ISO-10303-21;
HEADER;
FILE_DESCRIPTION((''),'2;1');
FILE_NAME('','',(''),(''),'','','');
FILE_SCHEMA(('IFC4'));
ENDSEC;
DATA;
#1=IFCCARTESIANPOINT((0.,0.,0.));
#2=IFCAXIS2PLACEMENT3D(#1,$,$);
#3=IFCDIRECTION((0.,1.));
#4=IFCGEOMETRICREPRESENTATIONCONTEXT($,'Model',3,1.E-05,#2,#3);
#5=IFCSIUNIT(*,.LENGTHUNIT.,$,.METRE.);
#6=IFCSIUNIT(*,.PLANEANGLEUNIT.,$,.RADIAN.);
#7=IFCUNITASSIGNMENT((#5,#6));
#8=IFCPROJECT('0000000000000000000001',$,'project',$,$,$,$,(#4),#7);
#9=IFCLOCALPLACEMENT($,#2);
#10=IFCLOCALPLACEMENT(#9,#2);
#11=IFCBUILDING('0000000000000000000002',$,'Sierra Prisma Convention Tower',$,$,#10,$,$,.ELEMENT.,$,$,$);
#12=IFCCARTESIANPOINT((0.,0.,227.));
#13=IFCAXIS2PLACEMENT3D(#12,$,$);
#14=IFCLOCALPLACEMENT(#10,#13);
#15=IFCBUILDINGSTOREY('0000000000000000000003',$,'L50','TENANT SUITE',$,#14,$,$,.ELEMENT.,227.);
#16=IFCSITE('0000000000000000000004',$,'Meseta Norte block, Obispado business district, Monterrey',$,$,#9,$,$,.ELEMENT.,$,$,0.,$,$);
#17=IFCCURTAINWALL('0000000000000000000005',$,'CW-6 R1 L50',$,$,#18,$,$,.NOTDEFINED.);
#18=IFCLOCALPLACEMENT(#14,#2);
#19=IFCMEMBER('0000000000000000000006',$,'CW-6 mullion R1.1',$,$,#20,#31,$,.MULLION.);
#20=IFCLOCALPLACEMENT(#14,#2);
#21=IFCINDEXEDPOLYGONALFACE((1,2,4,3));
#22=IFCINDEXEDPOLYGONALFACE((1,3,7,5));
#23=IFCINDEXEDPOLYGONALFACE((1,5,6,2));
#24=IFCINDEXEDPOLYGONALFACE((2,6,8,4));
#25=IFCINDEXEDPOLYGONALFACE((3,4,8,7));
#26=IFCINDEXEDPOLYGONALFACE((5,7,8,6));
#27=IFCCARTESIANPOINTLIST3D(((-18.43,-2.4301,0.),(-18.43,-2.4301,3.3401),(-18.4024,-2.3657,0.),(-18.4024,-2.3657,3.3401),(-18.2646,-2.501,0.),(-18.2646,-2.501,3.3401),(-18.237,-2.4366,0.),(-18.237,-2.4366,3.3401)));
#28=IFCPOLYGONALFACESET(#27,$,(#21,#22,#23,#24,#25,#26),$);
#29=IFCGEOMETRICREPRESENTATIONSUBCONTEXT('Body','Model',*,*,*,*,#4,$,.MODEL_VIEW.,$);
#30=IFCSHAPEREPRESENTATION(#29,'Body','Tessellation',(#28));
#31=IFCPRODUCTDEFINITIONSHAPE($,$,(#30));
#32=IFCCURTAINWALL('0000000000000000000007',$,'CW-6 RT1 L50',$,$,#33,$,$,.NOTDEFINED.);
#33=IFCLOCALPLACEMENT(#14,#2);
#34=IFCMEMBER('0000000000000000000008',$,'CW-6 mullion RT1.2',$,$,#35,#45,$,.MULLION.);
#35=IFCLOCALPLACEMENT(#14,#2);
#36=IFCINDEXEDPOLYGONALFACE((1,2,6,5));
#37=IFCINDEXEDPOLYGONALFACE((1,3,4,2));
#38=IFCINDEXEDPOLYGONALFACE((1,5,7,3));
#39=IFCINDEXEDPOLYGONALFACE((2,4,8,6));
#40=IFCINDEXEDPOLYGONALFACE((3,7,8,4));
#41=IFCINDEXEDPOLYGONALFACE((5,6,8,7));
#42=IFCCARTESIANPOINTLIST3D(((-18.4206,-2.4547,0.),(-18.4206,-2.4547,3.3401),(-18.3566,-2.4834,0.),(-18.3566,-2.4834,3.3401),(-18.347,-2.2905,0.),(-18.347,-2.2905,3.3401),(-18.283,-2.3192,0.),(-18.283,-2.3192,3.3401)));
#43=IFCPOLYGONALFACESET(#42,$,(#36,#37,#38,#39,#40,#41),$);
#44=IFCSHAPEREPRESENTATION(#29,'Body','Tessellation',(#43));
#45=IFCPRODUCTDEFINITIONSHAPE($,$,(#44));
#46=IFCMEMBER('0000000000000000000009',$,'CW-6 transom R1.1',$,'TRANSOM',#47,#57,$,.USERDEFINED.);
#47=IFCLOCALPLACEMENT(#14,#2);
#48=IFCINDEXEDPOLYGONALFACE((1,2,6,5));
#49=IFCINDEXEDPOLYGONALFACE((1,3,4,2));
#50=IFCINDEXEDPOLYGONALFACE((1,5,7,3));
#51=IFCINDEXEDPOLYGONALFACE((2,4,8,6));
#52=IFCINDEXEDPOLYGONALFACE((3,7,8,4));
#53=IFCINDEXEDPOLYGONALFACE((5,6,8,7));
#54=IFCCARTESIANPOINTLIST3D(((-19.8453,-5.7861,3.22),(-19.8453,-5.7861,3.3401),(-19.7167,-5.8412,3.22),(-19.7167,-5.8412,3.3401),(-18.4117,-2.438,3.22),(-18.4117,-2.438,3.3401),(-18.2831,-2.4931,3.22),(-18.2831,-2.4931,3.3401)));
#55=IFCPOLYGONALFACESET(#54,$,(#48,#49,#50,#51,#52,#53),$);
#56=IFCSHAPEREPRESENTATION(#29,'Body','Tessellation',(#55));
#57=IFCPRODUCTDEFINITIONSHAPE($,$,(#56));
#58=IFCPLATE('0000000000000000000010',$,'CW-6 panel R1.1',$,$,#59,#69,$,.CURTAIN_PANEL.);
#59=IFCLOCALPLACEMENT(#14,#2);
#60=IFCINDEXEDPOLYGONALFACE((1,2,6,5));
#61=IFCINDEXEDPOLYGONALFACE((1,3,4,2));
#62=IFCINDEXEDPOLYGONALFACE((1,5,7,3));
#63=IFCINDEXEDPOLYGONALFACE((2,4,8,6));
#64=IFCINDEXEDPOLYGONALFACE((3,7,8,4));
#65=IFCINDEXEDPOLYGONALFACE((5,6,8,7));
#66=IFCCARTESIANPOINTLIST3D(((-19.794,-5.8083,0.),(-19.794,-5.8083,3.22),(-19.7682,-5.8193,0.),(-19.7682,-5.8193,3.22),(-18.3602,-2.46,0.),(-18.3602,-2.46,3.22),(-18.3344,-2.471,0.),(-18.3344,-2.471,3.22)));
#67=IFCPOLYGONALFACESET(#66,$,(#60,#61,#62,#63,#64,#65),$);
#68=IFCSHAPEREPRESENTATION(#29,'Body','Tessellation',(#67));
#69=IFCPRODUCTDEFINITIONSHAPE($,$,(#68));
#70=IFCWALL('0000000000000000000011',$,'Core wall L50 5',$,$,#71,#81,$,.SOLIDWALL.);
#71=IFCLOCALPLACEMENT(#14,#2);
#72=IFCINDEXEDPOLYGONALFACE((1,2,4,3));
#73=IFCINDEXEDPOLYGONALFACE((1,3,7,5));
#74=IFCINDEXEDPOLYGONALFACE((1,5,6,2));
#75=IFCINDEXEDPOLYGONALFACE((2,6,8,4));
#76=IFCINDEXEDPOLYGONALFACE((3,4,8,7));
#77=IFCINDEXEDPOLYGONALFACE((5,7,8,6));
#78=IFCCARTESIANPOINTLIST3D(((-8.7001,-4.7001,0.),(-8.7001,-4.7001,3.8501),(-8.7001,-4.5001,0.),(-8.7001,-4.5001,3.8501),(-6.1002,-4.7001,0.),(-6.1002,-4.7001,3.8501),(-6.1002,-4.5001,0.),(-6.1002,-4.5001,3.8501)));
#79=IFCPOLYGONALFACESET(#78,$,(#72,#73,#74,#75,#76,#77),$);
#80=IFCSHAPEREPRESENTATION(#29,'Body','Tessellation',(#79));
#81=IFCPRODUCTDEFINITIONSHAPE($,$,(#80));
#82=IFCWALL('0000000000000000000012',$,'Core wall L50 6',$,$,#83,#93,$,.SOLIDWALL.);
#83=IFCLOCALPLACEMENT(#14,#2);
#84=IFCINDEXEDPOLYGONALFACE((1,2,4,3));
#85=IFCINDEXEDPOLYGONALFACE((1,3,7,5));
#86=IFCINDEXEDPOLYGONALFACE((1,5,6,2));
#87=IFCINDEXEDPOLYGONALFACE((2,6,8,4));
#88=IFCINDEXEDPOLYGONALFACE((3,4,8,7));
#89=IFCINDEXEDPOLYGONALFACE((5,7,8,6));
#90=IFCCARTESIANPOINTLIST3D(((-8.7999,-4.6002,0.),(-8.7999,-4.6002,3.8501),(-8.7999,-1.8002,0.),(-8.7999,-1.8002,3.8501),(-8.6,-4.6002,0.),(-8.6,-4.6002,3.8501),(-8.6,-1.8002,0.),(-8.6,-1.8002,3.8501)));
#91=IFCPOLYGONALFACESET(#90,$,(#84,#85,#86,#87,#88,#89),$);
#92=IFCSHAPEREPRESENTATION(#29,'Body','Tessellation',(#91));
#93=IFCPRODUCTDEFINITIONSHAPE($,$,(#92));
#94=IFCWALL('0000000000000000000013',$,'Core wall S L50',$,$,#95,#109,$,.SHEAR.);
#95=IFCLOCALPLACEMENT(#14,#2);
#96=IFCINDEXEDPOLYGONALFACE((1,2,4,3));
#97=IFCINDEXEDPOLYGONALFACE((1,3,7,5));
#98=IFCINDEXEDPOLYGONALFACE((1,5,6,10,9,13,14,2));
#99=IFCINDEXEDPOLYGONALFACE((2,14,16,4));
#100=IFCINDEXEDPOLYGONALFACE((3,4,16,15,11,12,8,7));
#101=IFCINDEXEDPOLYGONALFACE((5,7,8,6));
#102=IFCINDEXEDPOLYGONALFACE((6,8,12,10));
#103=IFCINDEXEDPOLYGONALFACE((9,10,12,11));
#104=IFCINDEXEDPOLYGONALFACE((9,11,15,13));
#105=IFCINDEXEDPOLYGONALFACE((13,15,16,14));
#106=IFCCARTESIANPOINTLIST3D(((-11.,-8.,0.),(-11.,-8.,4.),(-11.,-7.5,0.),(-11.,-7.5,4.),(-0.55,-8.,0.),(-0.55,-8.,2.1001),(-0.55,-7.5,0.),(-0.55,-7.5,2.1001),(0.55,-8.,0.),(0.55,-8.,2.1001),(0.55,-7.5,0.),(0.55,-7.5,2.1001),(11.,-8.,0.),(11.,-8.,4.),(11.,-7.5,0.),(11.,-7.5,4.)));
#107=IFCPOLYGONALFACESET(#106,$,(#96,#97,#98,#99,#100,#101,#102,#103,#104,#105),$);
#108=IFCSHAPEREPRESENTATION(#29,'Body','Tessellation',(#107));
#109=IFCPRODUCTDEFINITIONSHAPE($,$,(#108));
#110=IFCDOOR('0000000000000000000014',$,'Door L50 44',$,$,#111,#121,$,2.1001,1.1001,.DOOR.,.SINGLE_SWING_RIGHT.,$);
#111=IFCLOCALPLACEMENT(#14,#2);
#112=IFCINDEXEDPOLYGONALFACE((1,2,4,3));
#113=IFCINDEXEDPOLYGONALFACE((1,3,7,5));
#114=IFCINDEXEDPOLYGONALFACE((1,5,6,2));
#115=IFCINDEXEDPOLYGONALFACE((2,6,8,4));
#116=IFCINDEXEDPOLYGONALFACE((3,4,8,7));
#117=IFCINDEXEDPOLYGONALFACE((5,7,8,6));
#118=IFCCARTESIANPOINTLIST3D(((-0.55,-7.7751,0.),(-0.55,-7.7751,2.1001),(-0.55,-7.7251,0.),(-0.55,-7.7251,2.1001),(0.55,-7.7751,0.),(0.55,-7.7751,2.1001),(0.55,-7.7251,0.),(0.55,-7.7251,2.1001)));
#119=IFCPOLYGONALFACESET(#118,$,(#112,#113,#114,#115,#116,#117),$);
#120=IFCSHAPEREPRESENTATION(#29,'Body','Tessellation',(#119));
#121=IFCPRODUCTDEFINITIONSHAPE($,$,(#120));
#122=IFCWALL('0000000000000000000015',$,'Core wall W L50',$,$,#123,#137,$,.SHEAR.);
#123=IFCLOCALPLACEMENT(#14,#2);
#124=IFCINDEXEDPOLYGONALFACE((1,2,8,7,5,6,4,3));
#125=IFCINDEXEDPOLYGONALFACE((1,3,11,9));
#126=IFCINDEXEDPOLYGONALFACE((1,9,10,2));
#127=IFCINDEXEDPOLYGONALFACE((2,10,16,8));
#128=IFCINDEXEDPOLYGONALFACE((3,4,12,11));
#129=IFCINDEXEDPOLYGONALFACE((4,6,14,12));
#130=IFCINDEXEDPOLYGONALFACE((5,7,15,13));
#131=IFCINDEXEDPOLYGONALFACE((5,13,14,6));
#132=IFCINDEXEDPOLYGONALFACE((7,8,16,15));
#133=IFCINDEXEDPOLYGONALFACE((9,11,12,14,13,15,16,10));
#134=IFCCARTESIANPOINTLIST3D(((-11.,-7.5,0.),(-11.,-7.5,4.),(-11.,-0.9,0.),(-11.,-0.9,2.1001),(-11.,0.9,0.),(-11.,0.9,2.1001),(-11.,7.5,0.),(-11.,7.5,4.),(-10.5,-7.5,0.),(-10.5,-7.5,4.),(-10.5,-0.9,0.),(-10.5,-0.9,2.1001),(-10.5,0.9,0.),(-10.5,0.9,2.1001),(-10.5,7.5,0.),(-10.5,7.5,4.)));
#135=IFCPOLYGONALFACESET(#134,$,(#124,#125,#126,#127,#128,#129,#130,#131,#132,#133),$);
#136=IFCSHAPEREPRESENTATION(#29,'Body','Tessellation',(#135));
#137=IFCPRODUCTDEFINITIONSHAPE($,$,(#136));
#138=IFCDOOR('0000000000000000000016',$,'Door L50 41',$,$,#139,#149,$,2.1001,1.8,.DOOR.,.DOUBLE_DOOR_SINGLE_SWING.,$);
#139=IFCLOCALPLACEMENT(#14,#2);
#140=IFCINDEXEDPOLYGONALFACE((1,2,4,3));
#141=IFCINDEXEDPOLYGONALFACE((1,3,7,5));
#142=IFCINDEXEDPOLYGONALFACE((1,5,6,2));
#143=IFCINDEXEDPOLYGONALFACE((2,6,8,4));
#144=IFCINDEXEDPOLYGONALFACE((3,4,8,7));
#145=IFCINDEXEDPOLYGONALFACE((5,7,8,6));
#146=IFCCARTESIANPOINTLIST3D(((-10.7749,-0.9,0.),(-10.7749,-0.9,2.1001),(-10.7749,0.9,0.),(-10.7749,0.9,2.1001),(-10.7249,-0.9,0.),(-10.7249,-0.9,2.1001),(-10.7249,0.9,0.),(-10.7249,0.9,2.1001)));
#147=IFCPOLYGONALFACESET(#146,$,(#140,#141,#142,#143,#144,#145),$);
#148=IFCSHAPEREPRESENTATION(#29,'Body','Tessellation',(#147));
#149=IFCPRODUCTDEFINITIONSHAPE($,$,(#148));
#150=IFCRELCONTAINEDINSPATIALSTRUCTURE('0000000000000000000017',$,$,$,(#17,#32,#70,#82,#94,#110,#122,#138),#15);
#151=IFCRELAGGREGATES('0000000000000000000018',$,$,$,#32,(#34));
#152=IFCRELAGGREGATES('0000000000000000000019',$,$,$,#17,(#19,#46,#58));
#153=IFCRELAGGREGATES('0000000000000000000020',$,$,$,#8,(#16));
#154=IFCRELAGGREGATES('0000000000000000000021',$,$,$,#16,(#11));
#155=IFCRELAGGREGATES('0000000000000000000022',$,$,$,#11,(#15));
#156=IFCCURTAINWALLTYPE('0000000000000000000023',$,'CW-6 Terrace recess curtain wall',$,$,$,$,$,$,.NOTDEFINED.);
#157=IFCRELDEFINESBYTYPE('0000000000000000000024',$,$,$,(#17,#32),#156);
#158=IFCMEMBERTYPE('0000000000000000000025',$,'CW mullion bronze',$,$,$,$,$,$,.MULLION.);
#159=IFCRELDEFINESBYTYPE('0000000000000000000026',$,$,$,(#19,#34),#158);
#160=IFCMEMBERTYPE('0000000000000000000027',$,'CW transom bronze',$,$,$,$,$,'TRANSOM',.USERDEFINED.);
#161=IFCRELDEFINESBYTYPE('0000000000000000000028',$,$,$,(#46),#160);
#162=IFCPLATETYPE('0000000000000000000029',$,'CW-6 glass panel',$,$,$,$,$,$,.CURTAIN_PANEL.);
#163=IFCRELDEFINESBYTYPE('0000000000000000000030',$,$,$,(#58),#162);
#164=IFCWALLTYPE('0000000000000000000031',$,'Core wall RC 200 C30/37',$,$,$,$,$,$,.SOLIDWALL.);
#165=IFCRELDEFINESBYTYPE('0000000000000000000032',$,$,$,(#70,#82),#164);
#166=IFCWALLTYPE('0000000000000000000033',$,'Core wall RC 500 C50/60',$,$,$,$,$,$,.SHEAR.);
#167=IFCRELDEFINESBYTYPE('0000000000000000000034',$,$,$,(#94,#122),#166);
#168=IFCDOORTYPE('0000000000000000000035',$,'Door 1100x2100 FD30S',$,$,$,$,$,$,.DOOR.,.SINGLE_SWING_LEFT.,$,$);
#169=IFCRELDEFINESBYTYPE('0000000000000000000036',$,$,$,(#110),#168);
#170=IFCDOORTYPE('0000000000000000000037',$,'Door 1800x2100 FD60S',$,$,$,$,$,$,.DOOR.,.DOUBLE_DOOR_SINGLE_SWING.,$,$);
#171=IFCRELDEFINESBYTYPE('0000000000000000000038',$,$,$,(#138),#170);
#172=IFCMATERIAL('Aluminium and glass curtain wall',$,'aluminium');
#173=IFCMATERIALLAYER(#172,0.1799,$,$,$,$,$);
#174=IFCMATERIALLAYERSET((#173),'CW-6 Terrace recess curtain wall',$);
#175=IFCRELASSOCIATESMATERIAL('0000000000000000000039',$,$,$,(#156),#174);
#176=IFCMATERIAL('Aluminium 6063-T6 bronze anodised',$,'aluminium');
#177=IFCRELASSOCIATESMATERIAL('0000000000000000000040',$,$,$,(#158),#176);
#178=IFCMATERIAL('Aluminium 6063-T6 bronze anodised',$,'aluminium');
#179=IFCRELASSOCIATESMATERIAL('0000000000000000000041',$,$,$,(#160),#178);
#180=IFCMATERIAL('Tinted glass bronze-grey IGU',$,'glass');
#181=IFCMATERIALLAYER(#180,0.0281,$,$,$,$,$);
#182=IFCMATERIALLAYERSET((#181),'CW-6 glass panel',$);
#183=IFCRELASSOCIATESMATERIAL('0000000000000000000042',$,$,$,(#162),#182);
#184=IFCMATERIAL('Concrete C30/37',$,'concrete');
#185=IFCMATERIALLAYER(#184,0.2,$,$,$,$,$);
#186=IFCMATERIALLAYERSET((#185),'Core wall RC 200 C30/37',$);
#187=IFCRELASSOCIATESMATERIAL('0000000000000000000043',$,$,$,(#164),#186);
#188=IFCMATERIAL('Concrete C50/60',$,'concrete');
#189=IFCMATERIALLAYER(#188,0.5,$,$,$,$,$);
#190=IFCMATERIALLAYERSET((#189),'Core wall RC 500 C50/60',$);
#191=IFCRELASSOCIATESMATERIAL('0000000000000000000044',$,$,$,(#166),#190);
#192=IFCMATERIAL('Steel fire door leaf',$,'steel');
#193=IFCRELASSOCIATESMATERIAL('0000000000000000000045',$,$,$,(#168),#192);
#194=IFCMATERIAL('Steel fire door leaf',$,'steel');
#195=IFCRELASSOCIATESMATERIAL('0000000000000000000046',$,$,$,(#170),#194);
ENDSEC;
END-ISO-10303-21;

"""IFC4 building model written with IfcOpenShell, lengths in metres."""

from ifc_helpers import new_model, si_unit, direction, frame, frame_2d, origin, origin_2d, place, context, subcontext, project, spatial, rectangle, extrude, material, layer, layer_set, material_profile, profile_set, type_object, element, fill, aggregate, save


model = new_model("IFC4")

# Units and contexts
model_context = context("Model", 3, precision=1e-05, world=origin(), true_north=direction((0.0, 1.0)))
body_context = subcontext(model_context, "Body", "Model", "MODEL_VIEW")
ifc_project = project(units=[si_unit("LENGTHUNIT", "METRE"), si_unit("PLANEANGLEUNIT", "RADIAN")], contexts=[model_context])

# Site, building, storey
site_placement = place(None, origin())
site = spatial("IfcSite", under=ifc_project, at=site_placement, Name="Meseta Norte block, Obispado business district, Monterrey", CompositionType="ELEMENT", RefElevation=0.0)
building_placement = place(site_placement, origin())
building = spatial("IfcBuilding", under=site, at=building_placement, Name="Sierra Prisma Convention Tower", CompositionType="ELEMENT")
storey_placement = place(building_placement, frame((0.0, 0.0, 227.0)))
storey = spatial("IfcBuildingStorey", under=building, at=storey_placement, Name="L50", Description="TENANT SUITE", CompositionType="ELEMENT", Elevation=227.0)

# Curtain walls, members
ifc_material_1 = material(Name="Aluminium and glass curtain wall", Category="aluminium")
ifc_layer_1 = layer(ifc_material_1, 0.1799)
ifc_layer_set_1 = layer_set([ifc_layer_1], Name="CW-6 Terrace recess curtain wall")
curtain_wall_type = type_object("IfcCurtainWallType", Name="CW-6 Terrace recess curtain wall", PredefinedType="NOTDEFINED", material=ifc_layer_set_1)
curtain_wall_1_placement = place(storey_placement, origin())
curtain_wall_1 = element("IfcCurtainWall", 1, at=curtain_wall_1_placement, inside=storey, type_object=curtain_wall_type, Name="CW-6 R1 L50", PredefinedType="NOTDEFINED")
ifc_material_2 = material(Name="Aluminium 6063-T6 bronze anodised", Category="aluminium")
ifc_material_profile_1 = material_profile(ifc_material_2, rectangle(XDim=0.1799, YDim=0.0701, at=origin_2d()), Name="ALU MULLION 70x180")
ifc_profile_set_1 = profile_set([ifc_material_profile_1], Name="Aluminium 6063-T6 bronze anodised")
member_type_1 = type_object("IfcMemberType", Name="CW mullion bronze", PredefinedType="MULLION", material=ifc_profile_set_1)
member_1_placement = place(storey_placement, frame((-18.3335, -2.4333, 0.0), z_axis=(0.0, 0.0, 1.0), x_axis=(0.919267, -0.393634, 0.0)))
member_1 = element("IfcMember", 2, at=member_1_placement, type_object=member_type_1, Name="CW-6 mullion R1.1", PredefinedType="MULLION", context=body_context, shape_type="SweptSolid", body=[
    extrude(rectangle(XDim=0.1799, YDim=0.0701, at=origin_2d()), origin(), (0.0, 0.0, 1.0), 3.3401),
])
curtain_wall_2_placement = place(storey_placement, origin())
curtain_wall_2 = element("IfcCurtainWall", 3, at=curtain_wall_2_placement, inside=storey, type_object=curtain_wall_type, Name="CW-6 RT1 L50", PredefinedType="NOTDEFINED")
member_2_placement = place(storey_placement, frame((-18.3518, -2.387, 0.0), z_axis=(0.0, 0.0, 1.0), x_axis=(0.409089, 0.912494, 0.0)))
member_2 = element("IfcMember", 4, at=member_2_placement, type_object=member_type_1, Name="CW-6 mullion RT1.2", PredefinedType="MULLION", context=body_context, shape_type="SweptSolid", body=[
    extrude(rectangle(XDim=0.1799, YDim=0.0701, at=origin_2d()), origin(), (0.0, 0.0, 1.0), 3.3401),
])
aggregate(curtain_wall_2, [member_2])

# Member
ifc_material_3 = material(Name="Aluminium 6063-T6 bronze anodised", Category="aluminium")
ifc_material_profile_2 = material_profile(ifc_material_3, rectangle(XDim=0.1399, YDim=0.1201, at=origin_2d()), Name="ALU TRANSOM 120x140")
ifc_profile_set_2 = profile_set([ifc_material_profile_2], Name="Aluminium 6063-T6 bronze anodised")
member_type_2 = type_object("IfcMemberType", Name="CW transom bronze", ElementType="TRANSOM", PredefinedType="USERDEFINED", material=ifc_profile_set_2)
member_3_placement = place(storey_placement, frame((-18.3474, -2.4656, 3.28), z_axis=(-0.393612, -0.919277, 0.0), x_axis=(0.919277, -0.393612, 0.0)))
member_3 = element("IfcMember", 5, at=member_3_placement, type_object=member_type_2, Name="CW-6 transom R1.1", ObjectType="TRANSOM", PredefinedType="USERDEFINED", context=body_context, shape_type="SweptSolid", body=[
    extrude(rectangle(XDim=0.1399, YDim=0.1201, at=origin_2d()), origin(), (0.0, 0.0, 1.0), 3.6421),
])

# Plate
ifc_material_4 = material(Name="Tinted glass bronze-grey IGU", Category="glass")
ifc_layer_2 = layer(ifc_material_4, 0.0281)
ifc_layer_set_2 = layer_set([ifc_layer_2], Name="CW-6 glass panel")
plate_type = type_object("IfcPlateType", Name="CW-6 glass panel", PredefinedType="CURTAIN_PANEL", material=ifc_layer_set_2)
plate_placement = place(storey_placement, frame((-19.0642, -4.1396, 0.0), z_axis=(0.0, 0.0, 1.0), x_axis=(-0.393634, -0.919267, 0.0)))
plate = element("IfcPlate", 6, at=plate_placement, type_object=plate_type, Name="CW-6 panel R1.1", PredefinedType="CURTAIN_PANEL", context=body_context, shape_type="SweptSolid", body=[
    extrude(rectangle(XDim=3.6423, YDim=0.0281, at=origin_2d()), origin(), (0.0, 0.0, 1.0), 3.22),
])
aggregate(curtain_wall_1, [member_1, member_3, plate])

# Shared definitions
ifc_material_5 = material(Name="Concrete C30/37", Category="concrete")
ifc_layer_3 = layer(ifc_material_5, 0.2)
ifc_layer_set_3 = layer_set([ifc_layer_3], Name="Core wall RC 200 C30/37")
wall_type_1 = type_object("IfcWallType", Name="Core wall RC 200 C30/37", PredefinedType="SOLIDWALL", material=ifc_layer_set_3)

# Walls
wall_1_placement = place(storey_placement, frame((-8.7, -4.6001, 0.0), z_axis=(0.0, 0.0, 1.0), x_axis=(1.0, 0.0, 0.0)))
element("IfcWall", 7, at=wall_1_placement, inside=storey, type_object=wall_type_1, Name="Core wall L50 5", PredefinedType="SOLIDWALL", context=body_context, shape_type="SweptSolid", body=[
    extrude(rectangle(XDim=2.5999, YDim=0.2, at=frame_2d((1.2998, 0.0))), origin(), (0.0, 0.0, 1.0), 3.8501),
])
wall_2_placement = place(storey_placement, frame((-8.7, -4.6001, 0.0), z_axis=(0.0, 0.0, 1.0), x_axis=(0.0, 1.0, 0.0)))
element("IfcWall", 8, at=wall_2_placement, inside=storey, type_object=wall_type_1, Name="Core wall L50 6", PredefinedType="SOLIDWALL", context=body_context, shape_type="SweptSolid", body=[
    extrude(rectangle(XDim=2.8, YDim=0.2, at=frame_2d((1.3999, 0.0))), origin(), (0.0, 0.0, 1.0), 3.8501),
])

# Walls, openings, doors
ifc_material_6 = material(Name="Concrete C50/60", Category="concrete")
ifc_layer_4 = layer(ifc_material_6, 0.5)
ifc_layer_set_4 = layer_set([ifc_layer_4], Name="Core wall RC 500 C50/60")
wall_type_2 = type_object("IfcWallType", Name="Core wall RC 500 C50/60", PredefinedType="SHEAR", material=ifc_layer_set_4)
wall_3_placement = place(storey_placement, frame((-11.0, -7.75, 0.0), z_axis=(0.0, 0.0, 1.0), x_axis=(1.0, 0.0, 0.0)))
wall_3 = element("IfcWall", 9, at=wall_3_placement, inside=storey, type_object=wall_type_2, Name="Core wall S L50", PredefinedType="SHEAR", context=body_context, shape_type="SweptSolid", body=[
    extrude(rectangle(XDim=22.0, YDim=0.5, at=frame_2d((11.0, 0.0))), origin(), (0.0, 0.0, 1.0), 4.0),
])
opening_1_placement = place(wall_3_placement, frame((10.45, 0.0, 0.0)))
opening_1 = element("IfcOpeningElement", 10, at=opening_1_placement, cuts=wall_3, PredefinedType="OPENING", context=body_context, shape_type="SweptSolid", body=[
    extrude(rectangle(XDim=1.1001, YDim=2.1001, at=frame_2d((0.55, 1.05))), frame((0.0, 0.25, 0.0), z_axis=(0.0, -1.0, 0.0), x_axis=(1.0, 0.0, 0.0)), (0.0, 0.0, 1.0), 0.5),
])
ifc_material_7 = material(Name="Steel fire door leaf", Category="steel")
door_type_1 = type_object("IfcDoorType", Name="Door 1100x2100 FD30S", OperationType="SINGLE_SWING_LEFT", PredefinedType="DOOR", material=ifc_material_7)
door_1_placement = place(opening_1_placement, origin())
door_1 = element("IfcDoor", 11, at=door_1_placement, inside=storey, type_object=door_type_1, Name="Door L50 44", OperationType="SINGLE_SWING_RIGHT", OverallHeight=2.1001, OverallWidth=1.1001, PredefinedType="DOOR", context=body_context, shape_type="SweptSolid", body=[
    extrude(rectangle(XDim=1.1001, YDim=2.1001, at=frame_2d((0.55, 1.05))), frame((0.0, 0.0249, 0.0), z_axis=(0.0, -1.0, 0.0), x_axis=(1.0, 0.0, 0.0)), (0.0, 0.0, 1.0), 0.05),
])
fill(opening_1, door_1)
wall_4_placement = place(storey_placement, frame((-10.75, -7.5, 0.0), z_axis=(0.0, 0.0, 1.0), x_axis=(0.0, 1.0, 0.0)))
wall_4 = element("IfcWall", 12, at=wall_4_placement, inside=storey, type_object=wall_type_2, Name="Core wall W L50", PredefinedType="SHEAR", context=body_context, shape_type="SweptSolid", body=[
    extrude(rectangle(XDim=15.0, YDim=0.5, at=frame_2d((7.5, 0.0))), origin(), (0.0, 0.0, 1.0), 4.0),
])
opening_2_placement = place(wall_4_placement, frame((6.6001, 0.0, 0.0)))
opening_2 = element("IfcOpeningElement", 13, at=opening_2_placement, cuts=wall_4, PredefinedType="OPENING", context=body_context, shape_type="SweptSolid", body=[
    extrude(rectangle(XDim=1.8, YDim=2.1001, at=frame_2d((0.8999, 1.05))), frame((0.0, 0.25, 0.0), z_axis=(0.0, -1.0, 0.0), x_axis=(1.0, 0.0, 0.0)), (0.0, 0.0, 1.0), 0.5),
])
ifc_material_8 = material(Name="Steel fire door leaf", Category="steel")
door_type_2 = type_object("IfcDoorType", Name="Door 1800x2100 FD60S", OperationType="DOUBLE_DOOR_SINGLE_SWING", PredefinedType="DOOR", material=ifc_material_8)
door_2_placement = place(opening_2_placement, origin())
door_2 = element("IfcDoor", 14, at=door_2_placement, inside=storey, type_object=door_type_2, Name="Door L50 41", OperationType="DOUBLE_DOOR_SINGLE_SWING", OverallHeight=2.1001, OverallWidth=1.8, PredefinedType="DOOR", context=body_context, shape_type="SweptSolid", body=[
    extrude(rectangle(XDim=1.8, YDim=2.1001, at=frame_2d((0.8999, 1.05))), frame((0.0, 0.0249, 0.0), z_axis=(0.0, -1.0, 0.0), x_axis=(1.0, 0.0, 0.0)), (0.0, 0.0, 1.0), 0.05),
])
fill(opening_2, door_2)

save(model, "model.ifc")
